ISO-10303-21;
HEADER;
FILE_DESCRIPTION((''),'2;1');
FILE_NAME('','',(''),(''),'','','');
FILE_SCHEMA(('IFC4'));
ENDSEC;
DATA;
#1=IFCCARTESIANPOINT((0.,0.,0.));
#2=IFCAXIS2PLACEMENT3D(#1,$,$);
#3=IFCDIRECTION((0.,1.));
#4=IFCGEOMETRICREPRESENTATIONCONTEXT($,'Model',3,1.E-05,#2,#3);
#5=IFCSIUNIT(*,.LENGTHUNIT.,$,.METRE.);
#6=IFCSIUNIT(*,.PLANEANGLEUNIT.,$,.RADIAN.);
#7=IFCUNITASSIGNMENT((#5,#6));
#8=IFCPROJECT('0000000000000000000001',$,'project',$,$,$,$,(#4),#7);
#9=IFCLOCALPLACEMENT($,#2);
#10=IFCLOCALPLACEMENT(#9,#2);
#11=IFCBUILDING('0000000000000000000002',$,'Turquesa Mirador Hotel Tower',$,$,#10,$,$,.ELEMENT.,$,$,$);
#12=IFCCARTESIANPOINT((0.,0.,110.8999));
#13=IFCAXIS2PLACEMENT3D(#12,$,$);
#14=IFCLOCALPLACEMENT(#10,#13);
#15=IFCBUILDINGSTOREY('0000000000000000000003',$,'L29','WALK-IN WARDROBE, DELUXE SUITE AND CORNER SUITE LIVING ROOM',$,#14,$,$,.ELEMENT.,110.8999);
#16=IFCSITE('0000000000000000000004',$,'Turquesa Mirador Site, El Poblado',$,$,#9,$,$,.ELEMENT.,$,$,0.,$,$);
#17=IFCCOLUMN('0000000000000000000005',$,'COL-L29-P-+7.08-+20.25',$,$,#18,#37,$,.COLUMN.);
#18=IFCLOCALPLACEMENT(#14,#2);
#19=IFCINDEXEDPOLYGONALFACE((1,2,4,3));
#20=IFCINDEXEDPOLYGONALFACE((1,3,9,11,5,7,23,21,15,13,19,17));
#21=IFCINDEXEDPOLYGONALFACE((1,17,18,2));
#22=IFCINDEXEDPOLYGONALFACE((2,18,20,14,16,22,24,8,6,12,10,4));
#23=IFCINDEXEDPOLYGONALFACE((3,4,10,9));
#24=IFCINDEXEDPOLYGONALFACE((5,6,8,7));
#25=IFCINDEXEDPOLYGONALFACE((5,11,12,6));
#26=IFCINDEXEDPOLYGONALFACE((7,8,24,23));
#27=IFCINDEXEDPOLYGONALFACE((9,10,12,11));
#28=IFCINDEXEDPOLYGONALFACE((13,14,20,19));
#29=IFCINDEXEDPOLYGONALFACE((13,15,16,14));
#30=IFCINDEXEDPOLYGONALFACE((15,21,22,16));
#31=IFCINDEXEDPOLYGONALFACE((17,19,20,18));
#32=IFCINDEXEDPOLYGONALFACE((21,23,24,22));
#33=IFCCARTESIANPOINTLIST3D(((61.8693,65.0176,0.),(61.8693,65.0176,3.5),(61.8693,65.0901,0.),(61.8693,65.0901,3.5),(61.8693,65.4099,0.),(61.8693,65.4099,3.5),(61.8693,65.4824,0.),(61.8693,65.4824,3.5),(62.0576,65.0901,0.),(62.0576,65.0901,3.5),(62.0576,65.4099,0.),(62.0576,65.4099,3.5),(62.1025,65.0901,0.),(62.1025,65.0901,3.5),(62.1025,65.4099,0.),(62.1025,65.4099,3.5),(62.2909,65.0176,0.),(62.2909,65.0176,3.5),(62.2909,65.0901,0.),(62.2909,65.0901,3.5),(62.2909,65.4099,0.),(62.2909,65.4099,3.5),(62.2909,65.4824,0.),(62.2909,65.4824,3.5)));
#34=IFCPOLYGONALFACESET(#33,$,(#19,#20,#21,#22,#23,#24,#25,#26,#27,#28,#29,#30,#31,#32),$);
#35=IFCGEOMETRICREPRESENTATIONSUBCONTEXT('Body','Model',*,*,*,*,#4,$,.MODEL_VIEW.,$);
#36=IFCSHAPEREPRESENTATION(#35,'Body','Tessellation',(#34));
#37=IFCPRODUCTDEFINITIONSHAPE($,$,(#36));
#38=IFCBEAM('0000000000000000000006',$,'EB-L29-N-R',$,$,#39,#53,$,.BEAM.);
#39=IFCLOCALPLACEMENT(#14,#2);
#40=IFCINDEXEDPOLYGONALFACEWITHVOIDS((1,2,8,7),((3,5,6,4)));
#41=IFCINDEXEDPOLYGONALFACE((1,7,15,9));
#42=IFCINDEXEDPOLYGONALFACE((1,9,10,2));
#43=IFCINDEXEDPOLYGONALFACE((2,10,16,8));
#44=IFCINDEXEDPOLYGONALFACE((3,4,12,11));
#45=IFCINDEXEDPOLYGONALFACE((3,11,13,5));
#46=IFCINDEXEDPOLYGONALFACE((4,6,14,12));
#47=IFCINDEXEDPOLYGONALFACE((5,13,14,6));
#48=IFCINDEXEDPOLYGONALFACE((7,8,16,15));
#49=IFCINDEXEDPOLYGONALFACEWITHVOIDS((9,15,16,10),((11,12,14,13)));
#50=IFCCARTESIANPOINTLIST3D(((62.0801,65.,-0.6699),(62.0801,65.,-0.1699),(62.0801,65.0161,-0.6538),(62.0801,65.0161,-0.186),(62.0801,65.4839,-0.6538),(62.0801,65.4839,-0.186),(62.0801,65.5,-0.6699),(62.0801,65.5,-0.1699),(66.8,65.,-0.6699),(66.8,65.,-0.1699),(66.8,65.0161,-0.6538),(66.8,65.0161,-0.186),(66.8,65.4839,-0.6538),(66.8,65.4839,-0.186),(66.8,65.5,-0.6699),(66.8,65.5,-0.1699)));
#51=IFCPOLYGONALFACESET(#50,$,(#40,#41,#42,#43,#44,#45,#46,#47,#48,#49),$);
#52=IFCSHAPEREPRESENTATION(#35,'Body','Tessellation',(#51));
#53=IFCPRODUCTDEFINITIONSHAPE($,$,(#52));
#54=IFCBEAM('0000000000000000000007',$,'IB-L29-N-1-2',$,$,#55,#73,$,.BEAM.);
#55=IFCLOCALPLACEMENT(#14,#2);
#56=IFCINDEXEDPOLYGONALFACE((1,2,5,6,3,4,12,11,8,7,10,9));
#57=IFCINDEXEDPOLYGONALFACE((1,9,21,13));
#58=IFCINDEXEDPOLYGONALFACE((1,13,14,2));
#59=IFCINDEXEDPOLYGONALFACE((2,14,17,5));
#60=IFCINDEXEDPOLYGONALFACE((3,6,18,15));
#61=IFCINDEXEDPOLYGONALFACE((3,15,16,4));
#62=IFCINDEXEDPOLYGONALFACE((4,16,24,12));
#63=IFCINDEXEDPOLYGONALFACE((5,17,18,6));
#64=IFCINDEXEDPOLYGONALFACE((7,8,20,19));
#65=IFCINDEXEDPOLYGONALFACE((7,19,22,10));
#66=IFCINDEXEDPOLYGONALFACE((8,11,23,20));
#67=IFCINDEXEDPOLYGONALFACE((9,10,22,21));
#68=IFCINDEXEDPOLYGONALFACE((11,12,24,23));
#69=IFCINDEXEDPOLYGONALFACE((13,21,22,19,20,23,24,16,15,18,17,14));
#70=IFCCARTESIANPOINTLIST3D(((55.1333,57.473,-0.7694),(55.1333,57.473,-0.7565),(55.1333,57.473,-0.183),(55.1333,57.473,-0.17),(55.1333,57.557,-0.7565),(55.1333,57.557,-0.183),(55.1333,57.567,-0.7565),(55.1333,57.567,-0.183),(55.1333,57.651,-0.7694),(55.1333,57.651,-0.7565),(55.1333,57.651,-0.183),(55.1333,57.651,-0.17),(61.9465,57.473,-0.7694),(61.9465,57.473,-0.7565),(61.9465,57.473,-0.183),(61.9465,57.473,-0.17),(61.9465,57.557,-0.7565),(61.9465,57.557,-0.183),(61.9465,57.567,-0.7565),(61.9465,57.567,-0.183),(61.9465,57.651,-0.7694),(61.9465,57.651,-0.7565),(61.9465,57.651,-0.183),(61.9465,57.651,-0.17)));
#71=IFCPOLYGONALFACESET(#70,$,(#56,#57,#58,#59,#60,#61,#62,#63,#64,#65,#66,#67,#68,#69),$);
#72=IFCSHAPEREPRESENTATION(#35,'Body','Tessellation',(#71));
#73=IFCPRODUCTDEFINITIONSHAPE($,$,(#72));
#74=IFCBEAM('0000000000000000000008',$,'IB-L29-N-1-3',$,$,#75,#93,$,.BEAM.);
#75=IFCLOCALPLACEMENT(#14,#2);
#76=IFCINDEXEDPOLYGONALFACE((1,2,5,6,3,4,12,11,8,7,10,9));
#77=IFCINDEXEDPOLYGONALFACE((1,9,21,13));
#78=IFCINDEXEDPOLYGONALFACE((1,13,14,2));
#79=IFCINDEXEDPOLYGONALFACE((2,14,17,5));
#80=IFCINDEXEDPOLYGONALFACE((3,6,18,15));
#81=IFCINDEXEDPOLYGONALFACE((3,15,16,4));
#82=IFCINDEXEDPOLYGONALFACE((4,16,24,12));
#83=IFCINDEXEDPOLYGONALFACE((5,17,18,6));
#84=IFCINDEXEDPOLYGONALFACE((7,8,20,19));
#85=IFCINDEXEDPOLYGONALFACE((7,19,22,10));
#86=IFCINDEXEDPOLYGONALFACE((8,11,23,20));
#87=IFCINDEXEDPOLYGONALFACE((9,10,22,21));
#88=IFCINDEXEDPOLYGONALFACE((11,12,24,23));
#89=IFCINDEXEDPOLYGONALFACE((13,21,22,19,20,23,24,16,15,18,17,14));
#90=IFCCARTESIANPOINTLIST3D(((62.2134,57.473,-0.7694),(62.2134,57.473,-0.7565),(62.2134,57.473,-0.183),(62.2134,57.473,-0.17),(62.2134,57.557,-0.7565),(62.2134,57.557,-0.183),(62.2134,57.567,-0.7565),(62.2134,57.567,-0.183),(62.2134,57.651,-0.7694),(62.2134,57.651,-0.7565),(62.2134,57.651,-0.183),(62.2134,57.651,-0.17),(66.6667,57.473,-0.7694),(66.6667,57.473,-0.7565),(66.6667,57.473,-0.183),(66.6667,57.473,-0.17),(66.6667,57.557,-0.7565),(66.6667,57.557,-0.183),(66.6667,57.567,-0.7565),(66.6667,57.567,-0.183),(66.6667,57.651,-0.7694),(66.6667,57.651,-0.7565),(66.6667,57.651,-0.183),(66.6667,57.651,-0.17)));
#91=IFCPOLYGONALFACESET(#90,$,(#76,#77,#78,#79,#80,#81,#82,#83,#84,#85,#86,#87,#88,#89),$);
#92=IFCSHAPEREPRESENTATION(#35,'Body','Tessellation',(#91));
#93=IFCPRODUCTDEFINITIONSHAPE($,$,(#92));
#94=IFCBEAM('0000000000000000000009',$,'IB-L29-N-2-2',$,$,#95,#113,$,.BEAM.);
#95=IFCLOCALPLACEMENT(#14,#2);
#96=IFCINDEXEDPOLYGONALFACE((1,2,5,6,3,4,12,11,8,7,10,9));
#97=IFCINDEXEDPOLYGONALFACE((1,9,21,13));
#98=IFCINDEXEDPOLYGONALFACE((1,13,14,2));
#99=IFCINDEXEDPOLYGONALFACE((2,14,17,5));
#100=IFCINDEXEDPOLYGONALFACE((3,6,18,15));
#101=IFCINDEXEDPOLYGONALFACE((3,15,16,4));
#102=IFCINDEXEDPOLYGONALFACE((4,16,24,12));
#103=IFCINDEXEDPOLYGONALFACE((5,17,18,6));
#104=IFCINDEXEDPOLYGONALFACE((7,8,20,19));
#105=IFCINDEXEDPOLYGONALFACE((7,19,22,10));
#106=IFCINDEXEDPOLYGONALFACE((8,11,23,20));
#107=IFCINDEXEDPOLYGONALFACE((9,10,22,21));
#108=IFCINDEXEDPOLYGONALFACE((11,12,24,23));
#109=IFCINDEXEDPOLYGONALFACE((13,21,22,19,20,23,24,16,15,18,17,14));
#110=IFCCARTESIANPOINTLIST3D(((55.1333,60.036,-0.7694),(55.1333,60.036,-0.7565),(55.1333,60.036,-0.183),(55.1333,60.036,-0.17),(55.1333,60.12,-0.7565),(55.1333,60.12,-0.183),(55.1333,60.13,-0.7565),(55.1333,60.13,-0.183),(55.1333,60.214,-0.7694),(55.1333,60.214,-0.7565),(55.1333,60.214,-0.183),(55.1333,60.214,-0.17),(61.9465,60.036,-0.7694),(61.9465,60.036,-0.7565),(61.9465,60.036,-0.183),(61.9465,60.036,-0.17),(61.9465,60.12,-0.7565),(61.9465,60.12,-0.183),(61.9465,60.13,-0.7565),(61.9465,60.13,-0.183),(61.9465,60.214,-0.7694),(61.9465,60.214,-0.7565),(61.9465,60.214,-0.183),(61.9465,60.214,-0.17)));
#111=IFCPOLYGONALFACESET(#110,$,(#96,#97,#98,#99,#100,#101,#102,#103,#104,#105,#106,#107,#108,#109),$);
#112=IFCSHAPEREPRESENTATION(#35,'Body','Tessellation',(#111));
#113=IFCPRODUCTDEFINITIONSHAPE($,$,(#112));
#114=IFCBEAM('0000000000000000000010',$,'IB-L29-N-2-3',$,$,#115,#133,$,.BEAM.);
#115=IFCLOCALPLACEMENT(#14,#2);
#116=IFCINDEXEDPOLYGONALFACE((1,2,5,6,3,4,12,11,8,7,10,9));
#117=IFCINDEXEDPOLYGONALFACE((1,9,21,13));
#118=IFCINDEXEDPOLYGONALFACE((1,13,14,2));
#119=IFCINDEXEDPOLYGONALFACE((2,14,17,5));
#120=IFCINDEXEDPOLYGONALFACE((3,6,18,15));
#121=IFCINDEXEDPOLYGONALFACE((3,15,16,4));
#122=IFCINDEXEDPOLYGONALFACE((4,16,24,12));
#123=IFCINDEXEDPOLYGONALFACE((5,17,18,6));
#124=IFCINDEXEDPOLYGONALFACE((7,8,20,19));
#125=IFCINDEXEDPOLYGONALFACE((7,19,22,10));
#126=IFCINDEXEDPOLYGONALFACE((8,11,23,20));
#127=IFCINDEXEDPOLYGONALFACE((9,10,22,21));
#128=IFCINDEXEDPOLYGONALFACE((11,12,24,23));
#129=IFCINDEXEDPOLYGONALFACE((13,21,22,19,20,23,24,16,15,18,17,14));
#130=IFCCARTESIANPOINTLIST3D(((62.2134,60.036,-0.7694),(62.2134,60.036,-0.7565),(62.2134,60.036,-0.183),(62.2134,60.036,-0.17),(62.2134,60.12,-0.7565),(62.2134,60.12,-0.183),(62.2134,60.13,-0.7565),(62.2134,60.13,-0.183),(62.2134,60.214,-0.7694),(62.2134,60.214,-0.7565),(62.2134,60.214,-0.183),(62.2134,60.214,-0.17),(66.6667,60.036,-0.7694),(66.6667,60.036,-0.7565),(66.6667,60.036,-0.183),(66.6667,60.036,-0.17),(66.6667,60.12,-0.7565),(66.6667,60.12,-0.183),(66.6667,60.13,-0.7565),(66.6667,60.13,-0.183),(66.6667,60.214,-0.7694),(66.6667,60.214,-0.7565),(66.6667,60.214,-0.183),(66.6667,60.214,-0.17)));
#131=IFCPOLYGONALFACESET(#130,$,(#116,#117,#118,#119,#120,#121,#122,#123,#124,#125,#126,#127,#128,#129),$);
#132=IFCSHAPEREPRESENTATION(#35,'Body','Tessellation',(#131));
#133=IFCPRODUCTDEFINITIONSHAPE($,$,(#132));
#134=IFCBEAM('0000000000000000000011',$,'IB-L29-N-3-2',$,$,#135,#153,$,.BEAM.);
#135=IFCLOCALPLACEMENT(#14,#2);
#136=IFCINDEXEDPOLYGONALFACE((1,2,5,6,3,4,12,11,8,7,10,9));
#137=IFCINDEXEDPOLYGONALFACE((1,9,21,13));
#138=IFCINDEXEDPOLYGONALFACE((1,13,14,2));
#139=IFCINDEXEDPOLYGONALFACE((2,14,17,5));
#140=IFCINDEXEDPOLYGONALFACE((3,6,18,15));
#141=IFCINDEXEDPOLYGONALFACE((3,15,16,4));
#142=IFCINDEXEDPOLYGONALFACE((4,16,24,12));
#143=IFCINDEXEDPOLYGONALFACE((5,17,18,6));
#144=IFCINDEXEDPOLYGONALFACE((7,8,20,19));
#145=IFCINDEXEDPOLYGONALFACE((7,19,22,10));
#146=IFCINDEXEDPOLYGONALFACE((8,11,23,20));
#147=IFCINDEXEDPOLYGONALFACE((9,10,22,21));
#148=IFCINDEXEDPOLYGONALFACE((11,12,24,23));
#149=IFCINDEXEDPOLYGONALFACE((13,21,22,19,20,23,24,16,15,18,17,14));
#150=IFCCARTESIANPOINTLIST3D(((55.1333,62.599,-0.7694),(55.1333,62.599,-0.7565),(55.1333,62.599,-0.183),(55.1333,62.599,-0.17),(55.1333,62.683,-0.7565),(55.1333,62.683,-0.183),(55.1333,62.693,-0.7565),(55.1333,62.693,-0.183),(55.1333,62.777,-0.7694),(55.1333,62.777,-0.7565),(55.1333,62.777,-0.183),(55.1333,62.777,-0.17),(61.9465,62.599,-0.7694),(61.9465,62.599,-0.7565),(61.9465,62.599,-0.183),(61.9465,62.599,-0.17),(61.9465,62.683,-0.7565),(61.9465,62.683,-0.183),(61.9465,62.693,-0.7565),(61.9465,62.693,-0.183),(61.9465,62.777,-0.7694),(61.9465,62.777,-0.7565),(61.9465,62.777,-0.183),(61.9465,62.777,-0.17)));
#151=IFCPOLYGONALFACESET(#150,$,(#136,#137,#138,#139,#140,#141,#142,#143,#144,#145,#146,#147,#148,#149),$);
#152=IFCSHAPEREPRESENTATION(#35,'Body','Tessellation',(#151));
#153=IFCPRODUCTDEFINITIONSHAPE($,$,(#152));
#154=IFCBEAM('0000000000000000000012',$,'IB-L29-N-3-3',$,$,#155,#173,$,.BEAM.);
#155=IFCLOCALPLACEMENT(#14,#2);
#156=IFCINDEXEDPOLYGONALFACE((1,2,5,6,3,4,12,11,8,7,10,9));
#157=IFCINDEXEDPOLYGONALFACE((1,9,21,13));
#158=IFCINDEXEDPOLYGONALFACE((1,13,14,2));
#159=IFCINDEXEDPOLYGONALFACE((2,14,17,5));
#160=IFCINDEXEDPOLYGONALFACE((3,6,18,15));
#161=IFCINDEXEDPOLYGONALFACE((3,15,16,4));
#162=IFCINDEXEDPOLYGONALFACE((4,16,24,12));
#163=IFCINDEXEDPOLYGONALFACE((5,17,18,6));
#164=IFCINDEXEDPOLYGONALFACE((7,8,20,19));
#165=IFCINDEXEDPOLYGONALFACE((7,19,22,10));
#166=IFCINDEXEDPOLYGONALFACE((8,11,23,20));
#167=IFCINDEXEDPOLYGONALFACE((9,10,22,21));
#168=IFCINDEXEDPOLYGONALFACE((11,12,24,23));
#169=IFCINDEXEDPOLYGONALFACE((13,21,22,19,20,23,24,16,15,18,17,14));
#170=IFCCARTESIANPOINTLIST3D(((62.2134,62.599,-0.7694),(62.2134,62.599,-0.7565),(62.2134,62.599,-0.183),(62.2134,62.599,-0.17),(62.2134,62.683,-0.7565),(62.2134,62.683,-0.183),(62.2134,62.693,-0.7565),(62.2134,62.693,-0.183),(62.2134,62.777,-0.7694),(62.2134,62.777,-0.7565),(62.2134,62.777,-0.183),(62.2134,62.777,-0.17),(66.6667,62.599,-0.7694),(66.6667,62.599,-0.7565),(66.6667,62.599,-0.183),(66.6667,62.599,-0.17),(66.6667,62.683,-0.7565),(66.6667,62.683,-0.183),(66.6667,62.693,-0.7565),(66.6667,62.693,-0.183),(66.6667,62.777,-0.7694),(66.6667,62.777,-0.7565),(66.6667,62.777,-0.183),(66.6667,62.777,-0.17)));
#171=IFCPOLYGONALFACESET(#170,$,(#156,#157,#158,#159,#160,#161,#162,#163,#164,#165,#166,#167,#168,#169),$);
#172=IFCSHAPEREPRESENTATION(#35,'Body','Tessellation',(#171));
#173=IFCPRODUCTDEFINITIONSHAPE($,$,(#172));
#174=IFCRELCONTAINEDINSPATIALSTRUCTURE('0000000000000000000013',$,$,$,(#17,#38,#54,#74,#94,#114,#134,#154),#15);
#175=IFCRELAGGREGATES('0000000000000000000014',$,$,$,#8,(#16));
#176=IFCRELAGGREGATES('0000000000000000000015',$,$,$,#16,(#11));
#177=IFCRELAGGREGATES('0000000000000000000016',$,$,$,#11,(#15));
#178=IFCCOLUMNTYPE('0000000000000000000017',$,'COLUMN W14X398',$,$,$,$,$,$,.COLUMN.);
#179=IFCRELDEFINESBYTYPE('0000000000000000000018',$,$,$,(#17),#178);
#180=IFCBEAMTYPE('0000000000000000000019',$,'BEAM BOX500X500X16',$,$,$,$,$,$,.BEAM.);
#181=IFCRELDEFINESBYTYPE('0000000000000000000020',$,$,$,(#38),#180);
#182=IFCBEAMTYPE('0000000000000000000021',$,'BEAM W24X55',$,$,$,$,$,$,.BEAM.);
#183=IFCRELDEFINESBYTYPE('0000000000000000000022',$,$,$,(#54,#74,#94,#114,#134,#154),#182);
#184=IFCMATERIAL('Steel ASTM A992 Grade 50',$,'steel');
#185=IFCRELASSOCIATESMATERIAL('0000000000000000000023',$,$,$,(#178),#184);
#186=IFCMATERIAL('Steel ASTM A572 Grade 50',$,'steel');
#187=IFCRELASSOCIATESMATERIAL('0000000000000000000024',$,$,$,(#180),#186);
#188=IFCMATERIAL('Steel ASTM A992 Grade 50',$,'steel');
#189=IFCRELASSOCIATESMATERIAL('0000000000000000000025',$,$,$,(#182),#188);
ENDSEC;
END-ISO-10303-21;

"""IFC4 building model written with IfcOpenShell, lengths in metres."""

from ifc_helpers import new_model, si_unit, direction, frame, origin, origin_2d, place, context, subcontext, project, spatial, hollow_rectangle, i_section, extrude, material, material_profile, profile_set, type_object, element, save


model = new_model("IFC4")

# Units and contexts
model_context = context("Model", 3, precision=1e-05, world=origin(), true_north=direction((0.0, 1.0)))
body_context = subcontext(model_context, "Body", "Model", "MODEL_VIEW")
ifc_project = project(units=[si_unit("LENGTHUNIT", "METRE"), si_unit("PLANEANGLEUNIT", "RADIAN")], contexts=[model_context])

# Site, building, storey
site_placement = place(None, origin())
site = spatial("IfcSite", under=ifc_project, at=site_placement, Name="Turquesa Mirador Site, El Poblado", CompositionType="ELEMENT", RefElevation=0.0)
building_placement = place(site_placement, origin())
building = spatial("IfcBuilding", under=site, at=building_placement, Name="Turquesa Mirador Hotel Tower", CompositionType="ELEMENT")
storey_placement = place(building_placement, frame((0.0, 0.0, 110.8999)))
storey = spatial("IfcBuildingStorey", under=building, at=storey_placement, Name="L29", Description="WALK-IN WARDROBE, DELUXE SUITE AND CORNER SUITE LIVING ROOM", CompositionType="ELEMENT", Elevation=110.8999)

# Column
ifc_material_1 = material(Name="Steel ASTM A992 Grade 50", Category="steel")
ifc_material_profile_1 = material_profile(ifc_material_1, i_section(OverallWidth=0.4216, OverallDepth=0.4648, WebThickness=0.0449, FlangeThickness=0.0725, at=origin_2d()), Name="W14X398")
ifc_profile_set_1 = profile_set([ifc_material_profile_1], Name="Steel ASTM A992 Grade 50")
column_type = type_object("IfcColumnType", Name="COLUMN W14X398", PredefinedType="COLUMN", material=ifc_profile_set_1)
column_placement = place(storey_placement, frame((62.0801, 65.25, 0.0), z_axis=(0.0, 0.0, 1.0), x_axis=(1.0, 0.0, 0.0)))
element("IfcColumn", 1, at=column_placement, inside=storey, type_object=column_type, Name="COL-L29-P-+7.08-+20.25", PredefinedType="COLUMN", context=body_context, shape_type="SweptSolid", body=[
    extrude(i_section(OverallWidth=0.4216, OverallDepth=0.4648, WebThickness=0.0449, FlangeThickness=0.0725, at=origin_2d()), origin(), (0.0, 0.0, 1.0), 3.5),
])

# Beams
ifc_material_2 = material(Name="Steel ASTM A572 Grade 50", Category="steel")
ifc_material_profile_2 = material_profile(ifc_material_2, hollow_rectangle(XDim=0.5, YDim=0.5, WallThickness=0.0161, at=origin_2d()), Name="BOX500X500X16")
ifc_profile_set_2 = profile_set([ifc_material_profile_2], Name="Steel ASTM A572 Grade 50")
beam_type_1 = type_object("IfcBeamType", Name="BEAM BOX500X500X16", PredefinedType="BEAM", material=ifc_profile_set_2)
beam_1_placement = place(storey_placement, frame((62.0801, 65.25, -0.4199), z_axis=(1.0, 0.0, 0.0), x_axis=(0.0, 1.0, 0.0)))
element("IfcBeam", 2, at=beam_1_placement, inside=storey, type_object=beam_type_1, Name="EB-L29-N-R", PredefinedType="BEAM", context=body_context, shape_type="SweptSolid", body=[
    extrude(hollow_rectangle(XDim=0.5, YDim=0.5, WallThickness=0.0161, at=origin_2d()), origin(), (0.0, 0.0, 1.0), 4.72),
])
ifc_material_3 = material(Name="Steel ASTM A992 Grade 50", Category="steel")
ifc_material_profile_3 = material_profile(ifc_material_3, i_section(OverallWidth=0.178, OverallDepth=0.5994, WebThickness=0.01, FlangeThickness=0.0129, at=origin_2d()), Name="W24X55")
ifc_profile_set_3 = profile_set([ifc_material_profile_3], Name="Steel ASTM A992 Grade 50")
beam_type_2 = type_object("IfcBeamType", Name="BEAM W24X55", PredefinedType="BEAM", material=ifc_profile_set_3)
beam_2_placement = place(storey_placement, frame((55.1333, 57.562, -0.4697), z_axis=(1.0, 0.0, 0.0), x_axis=(0.0, 1.0, 0.0)))
element("IfcBeam", 3, at=beam_2_placement, inside=storey, type_object=beam_type_2, Name="IB-L29-N-1-2", PredefinedType="BEAM", context=body_context, shape_type="SweptSolid", body=[
    extrude(i_section(OverallWidth=0.178, OverallDepth=0.5994, WebThickness=0.01, FlangeThickness=0.0129, at=origin_2d()), origin(), (0.0, 0.0, 1.0), 6.8132),
])
beam_3_placement = place(storey_placement, frame((62.2134, 57.562, -0.4697), z_axis=(1.0, 0.0, 0.0), x_axis=(0.0, 1.0, 0.0)))
element("IfcBeam", 4, at=beam_3_placement, inside=storey, type_object=beam_type_2, Name="IB-L29-N-1-3", PredefinedType="BEAM", context=body_context, shape_type="SweptSolid", body=[
    extrude(i_section(OverallWidth=0.178, OverallDepth=0.5994, WebThickness=0.01, FlangeThickness=0.0129, at=origin_2d()), origin(), (0.0, 0.0, 1.0), 4.4534),
])
beam_4_placement = place(storey_placement, frame((55.1333, 60.125, -0.4697), z_axis=(1.0, 0.0, 0.0), x_axis=(0.0, 1.0, 0.0)))
element("IfcBeam", 5, at=beam_4_placement, inside=storey, type_object=beam_type_2, Name="IB-L29-N-2-2", PredefinedType="BEAM", context=body_context, shape_type="SweptSolid", body=[
    extrude(i_section(OverallWidth=0.178, OverallDepth=0.5994, WebThickness=0.01, FlangeThickness=0.0129, at=origin_2d()), origin(), (0.0, 0.0, 1.0), 6.8132),
])
beam_5_placement = place(storey_placement, frame((62.2134, 60.125, -0.4697), z_axis=(1.0, 0.0, 0.0), x_axis=(0.0, 1.0, 0.0)))
element("IfcBeam", 6, at=beam_5_placement, inside=storey, type_object=beam_type_2, Name="IB-L29-N-2-3", PredefinedType="BEAM", context=body_context, shape_type="SweptSolid", body=[
    extrude(i_section(OverallWidth=0.178, OverallDepth=0.5994, WebThickness=0.01, FlangeThickness=0.0129, at=origin_2d()), origin(), (0.0, 0.0, 1.0), 4.4534),
])
beam_6_placement = place(storey_placement, frame((55.1333, 62.688, -0.4697), z_axis=(1.0, 0.0, 0.0), x_axis=(0.0, 1.0, 0.0)))
element("IfcBeam", 7, at=beam_6_placement, inside=storey, type_object=beam_type_2, Name="IB-L29-N-3-2", PredefinedType="BEAM", context=body_context, shape_type="SweptSolid", body=[
    extrude(i_section(OverallWidth=0.178, OverallDepth=0.5994, WebThickness=0.01, FlangeThickness=0.0129, at=origin_2d()), origin(), (0.0, 0.0, 1.0), 6.8132),
])
beam_7_placement = place(storey_placement, frame((62.2134, 62.688, -0.4697), z_axis=(1.0, 0.0, 0.0), x_axis=(0.0, 1.0, 0.0)))
element("IfcBeam", 8, at=beam_7_placement, inside=storey, type_object=beam_type_2, Name="IB-L29-N-3-3", PredefinedType="BEAM", context=body_context, shape_type="SweptSolid", body=[
    extrude(i_section(OverallWidth=0.178, OverallDepth=0.5994, WebThickness=0.01, FlangeThickness=0.0129, at=origin_2d()), origin(), (0.0, 0.0, 1.0), 4.4534),
])

save(model, "model.ifc")
